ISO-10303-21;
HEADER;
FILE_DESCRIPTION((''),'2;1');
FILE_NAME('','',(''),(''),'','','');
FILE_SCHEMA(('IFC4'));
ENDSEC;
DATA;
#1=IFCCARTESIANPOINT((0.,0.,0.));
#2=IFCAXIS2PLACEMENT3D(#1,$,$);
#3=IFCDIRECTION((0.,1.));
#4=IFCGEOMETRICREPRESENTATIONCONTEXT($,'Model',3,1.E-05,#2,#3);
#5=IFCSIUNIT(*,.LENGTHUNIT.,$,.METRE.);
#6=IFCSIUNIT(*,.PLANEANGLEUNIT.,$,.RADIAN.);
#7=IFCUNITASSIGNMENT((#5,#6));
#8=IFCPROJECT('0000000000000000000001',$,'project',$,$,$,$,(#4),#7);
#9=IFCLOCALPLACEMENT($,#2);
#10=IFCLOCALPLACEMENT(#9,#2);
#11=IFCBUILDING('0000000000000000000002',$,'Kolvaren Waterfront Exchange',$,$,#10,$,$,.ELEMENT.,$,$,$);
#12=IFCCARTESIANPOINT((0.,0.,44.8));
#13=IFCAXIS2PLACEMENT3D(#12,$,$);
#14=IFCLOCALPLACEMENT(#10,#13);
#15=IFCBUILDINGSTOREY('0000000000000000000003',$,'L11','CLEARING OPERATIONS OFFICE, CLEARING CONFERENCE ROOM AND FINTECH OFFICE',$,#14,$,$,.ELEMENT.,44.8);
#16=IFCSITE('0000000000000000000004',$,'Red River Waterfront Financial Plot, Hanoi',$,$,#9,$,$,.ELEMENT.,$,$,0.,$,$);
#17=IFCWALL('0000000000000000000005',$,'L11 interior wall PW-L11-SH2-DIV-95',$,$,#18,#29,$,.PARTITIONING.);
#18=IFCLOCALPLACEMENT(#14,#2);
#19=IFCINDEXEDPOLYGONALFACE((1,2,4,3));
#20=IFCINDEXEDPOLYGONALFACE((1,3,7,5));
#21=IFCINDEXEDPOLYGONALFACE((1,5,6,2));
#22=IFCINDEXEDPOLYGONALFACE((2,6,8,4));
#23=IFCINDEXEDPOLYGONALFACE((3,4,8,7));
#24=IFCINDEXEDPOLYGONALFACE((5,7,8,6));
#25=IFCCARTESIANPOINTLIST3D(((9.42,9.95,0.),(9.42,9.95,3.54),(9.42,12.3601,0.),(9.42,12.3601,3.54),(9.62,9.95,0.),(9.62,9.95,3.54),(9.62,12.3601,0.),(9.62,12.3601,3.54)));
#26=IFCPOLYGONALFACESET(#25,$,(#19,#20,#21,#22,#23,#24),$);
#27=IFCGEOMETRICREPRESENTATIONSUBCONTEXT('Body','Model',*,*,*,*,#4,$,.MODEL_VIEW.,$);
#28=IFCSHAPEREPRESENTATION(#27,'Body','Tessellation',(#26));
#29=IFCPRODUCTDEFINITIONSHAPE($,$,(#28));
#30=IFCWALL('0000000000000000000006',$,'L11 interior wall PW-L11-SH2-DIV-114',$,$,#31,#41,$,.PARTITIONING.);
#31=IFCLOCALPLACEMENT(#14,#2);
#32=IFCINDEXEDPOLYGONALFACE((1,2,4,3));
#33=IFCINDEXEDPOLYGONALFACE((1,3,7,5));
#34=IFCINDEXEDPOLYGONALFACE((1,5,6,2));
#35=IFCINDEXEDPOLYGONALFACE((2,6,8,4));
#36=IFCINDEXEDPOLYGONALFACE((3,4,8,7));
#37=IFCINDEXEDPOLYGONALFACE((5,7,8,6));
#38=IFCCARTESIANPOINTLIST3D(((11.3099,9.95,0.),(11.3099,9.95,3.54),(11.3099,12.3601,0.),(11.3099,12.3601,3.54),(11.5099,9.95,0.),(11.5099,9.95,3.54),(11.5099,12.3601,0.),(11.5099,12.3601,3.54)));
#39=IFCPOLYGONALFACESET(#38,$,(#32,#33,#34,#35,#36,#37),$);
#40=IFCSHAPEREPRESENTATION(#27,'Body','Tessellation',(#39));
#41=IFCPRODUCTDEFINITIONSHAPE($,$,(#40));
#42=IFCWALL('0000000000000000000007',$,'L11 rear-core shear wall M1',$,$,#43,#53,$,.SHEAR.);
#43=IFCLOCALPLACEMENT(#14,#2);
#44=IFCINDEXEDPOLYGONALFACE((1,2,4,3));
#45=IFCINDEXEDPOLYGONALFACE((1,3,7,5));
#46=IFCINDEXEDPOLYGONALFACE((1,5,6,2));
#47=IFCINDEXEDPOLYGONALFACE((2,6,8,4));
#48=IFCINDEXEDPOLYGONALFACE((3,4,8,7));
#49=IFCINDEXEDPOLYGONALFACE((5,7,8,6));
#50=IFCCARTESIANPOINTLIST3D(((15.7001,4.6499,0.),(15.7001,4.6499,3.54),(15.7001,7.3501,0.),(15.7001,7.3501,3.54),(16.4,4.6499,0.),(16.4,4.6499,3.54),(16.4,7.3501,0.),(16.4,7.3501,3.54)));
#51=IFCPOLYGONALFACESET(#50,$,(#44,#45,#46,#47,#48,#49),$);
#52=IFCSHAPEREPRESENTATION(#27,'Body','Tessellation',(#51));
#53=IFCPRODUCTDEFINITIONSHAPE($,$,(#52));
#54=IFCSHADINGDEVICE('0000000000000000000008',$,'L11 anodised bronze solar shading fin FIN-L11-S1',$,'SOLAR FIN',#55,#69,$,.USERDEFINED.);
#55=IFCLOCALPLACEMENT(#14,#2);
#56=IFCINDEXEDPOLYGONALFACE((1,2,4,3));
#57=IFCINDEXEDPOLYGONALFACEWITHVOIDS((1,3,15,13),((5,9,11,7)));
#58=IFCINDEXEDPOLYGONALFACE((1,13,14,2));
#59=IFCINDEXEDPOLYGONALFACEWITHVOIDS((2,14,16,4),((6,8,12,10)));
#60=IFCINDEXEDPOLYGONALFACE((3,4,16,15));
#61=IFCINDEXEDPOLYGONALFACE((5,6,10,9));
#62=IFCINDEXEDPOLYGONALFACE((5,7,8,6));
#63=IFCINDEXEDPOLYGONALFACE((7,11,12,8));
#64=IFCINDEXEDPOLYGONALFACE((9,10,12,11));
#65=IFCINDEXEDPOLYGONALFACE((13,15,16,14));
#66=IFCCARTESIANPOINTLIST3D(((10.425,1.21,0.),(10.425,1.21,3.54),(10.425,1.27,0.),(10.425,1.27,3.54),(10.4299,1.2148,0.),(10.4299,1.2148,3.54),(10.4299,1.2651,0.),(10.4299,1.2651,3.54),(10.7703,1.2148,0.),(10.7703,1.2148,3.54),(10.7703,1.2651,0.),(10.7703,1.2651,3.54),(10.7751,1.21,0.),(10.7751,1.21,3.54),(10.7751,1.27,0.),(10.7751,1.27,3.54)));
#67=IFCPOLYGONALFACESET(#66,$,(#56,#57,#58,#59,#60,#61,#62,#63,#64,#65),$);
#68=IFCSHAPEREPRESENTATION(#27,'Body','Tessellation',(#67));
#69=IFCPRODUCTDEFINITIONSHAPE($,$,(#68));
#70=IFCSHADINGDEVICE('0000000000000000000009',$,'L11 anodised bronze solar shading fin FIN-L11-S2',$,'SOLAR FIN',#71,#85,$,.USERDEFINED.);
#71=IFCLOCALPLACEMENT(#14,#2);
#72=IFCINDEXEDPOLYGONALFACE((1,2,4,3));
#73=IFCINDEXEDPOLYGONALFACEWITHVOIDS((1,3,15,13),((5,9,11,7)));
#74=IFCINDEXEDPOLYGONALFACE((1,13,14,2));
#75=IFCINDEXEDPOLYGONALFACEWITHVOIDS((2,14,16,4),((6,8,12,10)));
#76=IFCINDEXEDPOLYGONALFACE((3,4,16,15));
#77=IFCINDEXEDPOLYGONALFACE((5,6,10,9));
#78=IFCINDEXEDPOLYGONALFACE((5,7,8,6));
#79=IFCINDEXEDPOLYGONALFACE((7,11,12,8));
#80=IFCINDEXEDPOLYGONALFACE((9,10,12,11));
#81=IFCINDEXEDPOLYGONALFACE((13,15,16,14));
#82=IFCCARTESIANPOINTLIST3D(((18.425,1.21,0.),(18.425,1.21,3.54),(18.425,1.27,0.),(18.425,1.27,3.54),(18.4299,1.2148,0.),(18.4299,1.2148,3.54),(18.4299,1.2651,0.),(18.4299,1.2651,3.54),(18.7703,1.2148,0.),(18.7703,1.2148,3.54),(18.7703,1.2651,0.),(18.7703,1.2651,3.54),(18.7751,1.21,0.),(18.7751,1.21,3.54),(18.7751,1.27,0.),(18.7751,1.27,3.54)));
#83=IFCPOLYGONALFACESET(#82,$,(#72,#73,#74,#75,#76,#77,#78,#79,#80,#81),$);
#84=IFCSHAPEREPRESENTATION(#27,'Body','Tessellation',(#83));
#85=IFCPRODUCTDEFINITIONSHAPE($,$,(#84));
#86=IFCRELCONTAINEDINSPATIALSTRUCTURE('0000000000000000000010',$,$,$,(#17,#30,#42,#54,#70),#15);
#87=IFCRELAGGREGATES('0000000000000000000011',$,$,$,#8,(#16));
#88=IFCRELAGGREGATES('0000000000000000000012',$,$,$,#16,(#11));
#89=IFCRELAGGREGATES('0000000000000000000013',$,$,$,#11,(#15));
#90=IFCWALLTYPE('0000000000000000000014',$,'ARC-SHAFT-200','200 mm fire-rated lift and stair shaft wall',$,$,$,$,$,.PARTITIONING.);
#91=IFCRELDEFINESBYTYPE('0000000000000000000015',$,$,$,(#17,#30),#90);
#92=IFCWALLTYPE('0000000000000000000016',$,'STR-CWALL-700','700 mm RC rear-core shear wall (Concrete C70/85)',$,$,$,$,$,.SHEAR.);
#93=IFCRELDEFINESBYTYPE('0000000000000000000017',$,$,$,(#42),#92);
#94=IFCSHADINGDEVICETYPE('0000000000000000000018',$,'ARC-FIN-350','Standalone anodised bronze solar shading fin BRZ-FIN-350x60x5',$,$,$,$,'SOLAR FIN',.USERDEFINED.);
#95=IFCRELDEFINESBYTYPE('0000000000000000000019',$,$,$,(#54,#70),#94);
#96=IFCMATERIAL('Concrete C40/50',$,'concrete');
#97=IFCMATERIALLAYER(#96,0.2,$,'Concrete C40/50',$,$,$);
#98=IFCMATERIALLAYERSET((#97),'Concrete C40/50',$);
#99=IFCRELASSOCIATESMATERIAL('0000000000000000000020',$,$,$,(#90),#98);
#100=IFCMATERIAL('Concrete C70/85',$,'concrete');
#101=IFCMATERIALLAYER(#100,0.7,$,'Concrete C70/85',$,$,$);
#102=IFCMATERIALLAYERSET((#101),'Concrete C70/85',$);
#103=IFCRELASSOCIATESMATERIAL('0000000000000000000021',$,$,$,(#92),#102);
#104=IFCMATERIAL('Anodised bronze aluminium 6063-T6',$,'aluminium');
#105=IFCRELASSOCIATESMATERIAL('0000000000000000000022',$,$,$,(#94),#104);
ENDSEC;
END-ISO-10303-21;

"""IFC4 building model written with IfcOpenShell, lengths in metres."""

from ifc_helpers import new_model, si_unit, direction, frame, frame_2d, origin, origin_2d, place, context, subcontext, project, spatial, rectangle, hollow_rectangle, extrude, material, layer, layer_set, material_profile, profile_set, type_object, element, save


model = new_model("IFC4")

# Units and contexts
model_context = context("Model", 3, precision=1e-05, world=origin(), true_north=direction((0.0, 1.0)))
body_context = subcontext(model_context, "Body", "Model", "MODEL_VIEW")
ifc_project = project(units=[si_unit("LENGTHUNIT", "METRE"), si_unit("PLANEANGLEUNIT", "RADIAN")], contexts=[model_context])

# Site, building, storey
site_placement = place(None, origin())
site = spatial("IfcSite", under=ifc_project, at=site_placement, Name="Red River Waterfront Financial Plot, Hanoi", CompositionType="ELEMENT", RefElevation=0.0)
building_placement = place(site_placement, origin())
building = spatial("IfcBuilding", under=site, at=building_placement, Name="Kolvaren Waterfront Exchange", CompositionType="ELEMENT")
storey_placement = place(building_placement, frame((0.0, 0.0, 44.8)))
storey = spatial("IfcBuildingStorey", under=building, at=storey_placement, Name="L11", Description="CLEARING OPERATIONS OFFICE, CLEARING CONFERENCE ROOM AND FINTECH OFFICE", CompositionType="ELEMENT", Elevation=44.8)

# Shared definitions
ifc_material_1 = material(Name="Concrete C70/85", Category="concrete")

# Shared definitions
ifc_material_2 = material(Name="Anodised bronze aluminium 6063-T6", Category="aluminium")

# Walls
ifc_material_3 = material(Name="Concrete C40/50", Category="concrete")
ifc_layer_1 = layer(ifc_material_3, 0.2, Name="Concrete C40/50")
ifc_layer_set_1 = layer_set([ifc_layer_1], Name="Concrete C40/50")
wall_type_1 = type_object("IfcWallType", Name="ARC-SHAFT-200", Description="200 mm fire-rated lift and stair shaft wall", PredefinedType="PARTITIONING", material=ifc_layer_set_1)
for number, where, z_axis, x_axis, name in (
    (1, (9.52, 9.95, 0.0), (0.0, 0.0, 1.0), (0.0, 1.0, 0.0), "L11 interior wall PW-L11-SH2-DIV-95"),
    (2, (11.4099, 9.95, 0.0), (0.0, 0.0, 1.0), (0.0, 1.0, 0.0), "L11 interior wall PW-L11-SH2-DIV-114"),
):
    element("IfcWall", number, at=place(storey_placement, frame(where, z_axis=z_axis, x_axis=x_axis)), inside=storey, type_object=wall_type_1, Name=name, PredefinedType="PARTITIONING", context=body_context, shape_type="SweptSolid", body=[
        extrude(rectangle(XDim=2.4102, YDim=0.2, at=frame_2d((1.2051, 0.0))), origin(), (0.0, 0.0, 1.0), 3.54),
    ])
ifc_layer_2 = layer(ifc_material_1, 0.7, Name="Concrete C70/85")
ifc_layer_set_2 = layer_set([ifc_layer_2], Name="Concrete C70/85")
wall_type_2 = type_object("IfcWallType", Name="STR-CWALL-700", Description="700 mm RC rear-core shear wall (Concrete C70/85)", PredefinedType="SHEAR", material=ifc_layer_set_2)
wall_1_placement = place(storey_placement, frame((16.05, 4.6499, 0.0), z_axis=(0.0, 0.0, 1.0), x_axis=(0.0, 1.0, 0.0)))
element("IfcWall", 3, at=wall_1_placement, inside=storey, type_object=wall_type_2, Name="L11 rear-core shear wall M1", PredefinedType="SHEAR", context=body_context, shape_type="SweptSolid", body=[
    extrude(rectangle(XDim=2.7002, YDim=0.7, at=frame_2d((1.3501, 0.0))), origin(), (0.0, 0.0, 1.0), 3.54),
])

# Shading devices
ifc_material_profile_1 = material_profile(ifc_material_2, hollow_rectangle(XDim=0.0601, YDim=0.3501, WallThickness=0.0049, at=origin_2d()), Name="BRZ-FIN-350x60x5")
ifc_profile_set_1 = profile_set([ifc_material_profile_1], Name="Anodised bronze aluminium 6063-T6")
shading_device_type = type_object("IfcShadingDeviceType", Name="ARC-FIN-350", Description="Standalone anodised bronze solar shading fin BRZ-FIN-350x60x5", ElementType="SOLAR FIN", PredefinedType="USERDEFINED", material=ifc_profile_set_1)
for number, where, z_axis, x_axis, name in (
    (4, (10.6001, 1.24, 0.0), (0.0, 0.0, 1.0), (0.0, -1.0, 0.0), "L11 anodised bronze solar shading fin FIN-L11-S1"),
    (5, (18.6001, 1.24, 0.0), (0.0, 0.0, 1.0), (0.0, -1.0, 0.0), "L11 anodised bronze solar shading fin FIN-L11-S2"),
):
    element("IfcShadingDevice", number, at=place(storey_placement, frame(where, z_axis=z_axis, x_axis=x_axis)), inside=storey, type_object=shading_device_type, Name=name, ObjectType="SOLAR FIN", PredefinedType="USERDEFINED", context=body_context, shape_type="SweptSolid", body=[
        extrude(hollow_rectangle(XDim=0.0601, YDim=0.3501, WallThickness=0.0049, at=origin_2d()), origin(), (0.0, 0.0, 1.0), 3.54),
    ])

save(model, "model.ifc")
